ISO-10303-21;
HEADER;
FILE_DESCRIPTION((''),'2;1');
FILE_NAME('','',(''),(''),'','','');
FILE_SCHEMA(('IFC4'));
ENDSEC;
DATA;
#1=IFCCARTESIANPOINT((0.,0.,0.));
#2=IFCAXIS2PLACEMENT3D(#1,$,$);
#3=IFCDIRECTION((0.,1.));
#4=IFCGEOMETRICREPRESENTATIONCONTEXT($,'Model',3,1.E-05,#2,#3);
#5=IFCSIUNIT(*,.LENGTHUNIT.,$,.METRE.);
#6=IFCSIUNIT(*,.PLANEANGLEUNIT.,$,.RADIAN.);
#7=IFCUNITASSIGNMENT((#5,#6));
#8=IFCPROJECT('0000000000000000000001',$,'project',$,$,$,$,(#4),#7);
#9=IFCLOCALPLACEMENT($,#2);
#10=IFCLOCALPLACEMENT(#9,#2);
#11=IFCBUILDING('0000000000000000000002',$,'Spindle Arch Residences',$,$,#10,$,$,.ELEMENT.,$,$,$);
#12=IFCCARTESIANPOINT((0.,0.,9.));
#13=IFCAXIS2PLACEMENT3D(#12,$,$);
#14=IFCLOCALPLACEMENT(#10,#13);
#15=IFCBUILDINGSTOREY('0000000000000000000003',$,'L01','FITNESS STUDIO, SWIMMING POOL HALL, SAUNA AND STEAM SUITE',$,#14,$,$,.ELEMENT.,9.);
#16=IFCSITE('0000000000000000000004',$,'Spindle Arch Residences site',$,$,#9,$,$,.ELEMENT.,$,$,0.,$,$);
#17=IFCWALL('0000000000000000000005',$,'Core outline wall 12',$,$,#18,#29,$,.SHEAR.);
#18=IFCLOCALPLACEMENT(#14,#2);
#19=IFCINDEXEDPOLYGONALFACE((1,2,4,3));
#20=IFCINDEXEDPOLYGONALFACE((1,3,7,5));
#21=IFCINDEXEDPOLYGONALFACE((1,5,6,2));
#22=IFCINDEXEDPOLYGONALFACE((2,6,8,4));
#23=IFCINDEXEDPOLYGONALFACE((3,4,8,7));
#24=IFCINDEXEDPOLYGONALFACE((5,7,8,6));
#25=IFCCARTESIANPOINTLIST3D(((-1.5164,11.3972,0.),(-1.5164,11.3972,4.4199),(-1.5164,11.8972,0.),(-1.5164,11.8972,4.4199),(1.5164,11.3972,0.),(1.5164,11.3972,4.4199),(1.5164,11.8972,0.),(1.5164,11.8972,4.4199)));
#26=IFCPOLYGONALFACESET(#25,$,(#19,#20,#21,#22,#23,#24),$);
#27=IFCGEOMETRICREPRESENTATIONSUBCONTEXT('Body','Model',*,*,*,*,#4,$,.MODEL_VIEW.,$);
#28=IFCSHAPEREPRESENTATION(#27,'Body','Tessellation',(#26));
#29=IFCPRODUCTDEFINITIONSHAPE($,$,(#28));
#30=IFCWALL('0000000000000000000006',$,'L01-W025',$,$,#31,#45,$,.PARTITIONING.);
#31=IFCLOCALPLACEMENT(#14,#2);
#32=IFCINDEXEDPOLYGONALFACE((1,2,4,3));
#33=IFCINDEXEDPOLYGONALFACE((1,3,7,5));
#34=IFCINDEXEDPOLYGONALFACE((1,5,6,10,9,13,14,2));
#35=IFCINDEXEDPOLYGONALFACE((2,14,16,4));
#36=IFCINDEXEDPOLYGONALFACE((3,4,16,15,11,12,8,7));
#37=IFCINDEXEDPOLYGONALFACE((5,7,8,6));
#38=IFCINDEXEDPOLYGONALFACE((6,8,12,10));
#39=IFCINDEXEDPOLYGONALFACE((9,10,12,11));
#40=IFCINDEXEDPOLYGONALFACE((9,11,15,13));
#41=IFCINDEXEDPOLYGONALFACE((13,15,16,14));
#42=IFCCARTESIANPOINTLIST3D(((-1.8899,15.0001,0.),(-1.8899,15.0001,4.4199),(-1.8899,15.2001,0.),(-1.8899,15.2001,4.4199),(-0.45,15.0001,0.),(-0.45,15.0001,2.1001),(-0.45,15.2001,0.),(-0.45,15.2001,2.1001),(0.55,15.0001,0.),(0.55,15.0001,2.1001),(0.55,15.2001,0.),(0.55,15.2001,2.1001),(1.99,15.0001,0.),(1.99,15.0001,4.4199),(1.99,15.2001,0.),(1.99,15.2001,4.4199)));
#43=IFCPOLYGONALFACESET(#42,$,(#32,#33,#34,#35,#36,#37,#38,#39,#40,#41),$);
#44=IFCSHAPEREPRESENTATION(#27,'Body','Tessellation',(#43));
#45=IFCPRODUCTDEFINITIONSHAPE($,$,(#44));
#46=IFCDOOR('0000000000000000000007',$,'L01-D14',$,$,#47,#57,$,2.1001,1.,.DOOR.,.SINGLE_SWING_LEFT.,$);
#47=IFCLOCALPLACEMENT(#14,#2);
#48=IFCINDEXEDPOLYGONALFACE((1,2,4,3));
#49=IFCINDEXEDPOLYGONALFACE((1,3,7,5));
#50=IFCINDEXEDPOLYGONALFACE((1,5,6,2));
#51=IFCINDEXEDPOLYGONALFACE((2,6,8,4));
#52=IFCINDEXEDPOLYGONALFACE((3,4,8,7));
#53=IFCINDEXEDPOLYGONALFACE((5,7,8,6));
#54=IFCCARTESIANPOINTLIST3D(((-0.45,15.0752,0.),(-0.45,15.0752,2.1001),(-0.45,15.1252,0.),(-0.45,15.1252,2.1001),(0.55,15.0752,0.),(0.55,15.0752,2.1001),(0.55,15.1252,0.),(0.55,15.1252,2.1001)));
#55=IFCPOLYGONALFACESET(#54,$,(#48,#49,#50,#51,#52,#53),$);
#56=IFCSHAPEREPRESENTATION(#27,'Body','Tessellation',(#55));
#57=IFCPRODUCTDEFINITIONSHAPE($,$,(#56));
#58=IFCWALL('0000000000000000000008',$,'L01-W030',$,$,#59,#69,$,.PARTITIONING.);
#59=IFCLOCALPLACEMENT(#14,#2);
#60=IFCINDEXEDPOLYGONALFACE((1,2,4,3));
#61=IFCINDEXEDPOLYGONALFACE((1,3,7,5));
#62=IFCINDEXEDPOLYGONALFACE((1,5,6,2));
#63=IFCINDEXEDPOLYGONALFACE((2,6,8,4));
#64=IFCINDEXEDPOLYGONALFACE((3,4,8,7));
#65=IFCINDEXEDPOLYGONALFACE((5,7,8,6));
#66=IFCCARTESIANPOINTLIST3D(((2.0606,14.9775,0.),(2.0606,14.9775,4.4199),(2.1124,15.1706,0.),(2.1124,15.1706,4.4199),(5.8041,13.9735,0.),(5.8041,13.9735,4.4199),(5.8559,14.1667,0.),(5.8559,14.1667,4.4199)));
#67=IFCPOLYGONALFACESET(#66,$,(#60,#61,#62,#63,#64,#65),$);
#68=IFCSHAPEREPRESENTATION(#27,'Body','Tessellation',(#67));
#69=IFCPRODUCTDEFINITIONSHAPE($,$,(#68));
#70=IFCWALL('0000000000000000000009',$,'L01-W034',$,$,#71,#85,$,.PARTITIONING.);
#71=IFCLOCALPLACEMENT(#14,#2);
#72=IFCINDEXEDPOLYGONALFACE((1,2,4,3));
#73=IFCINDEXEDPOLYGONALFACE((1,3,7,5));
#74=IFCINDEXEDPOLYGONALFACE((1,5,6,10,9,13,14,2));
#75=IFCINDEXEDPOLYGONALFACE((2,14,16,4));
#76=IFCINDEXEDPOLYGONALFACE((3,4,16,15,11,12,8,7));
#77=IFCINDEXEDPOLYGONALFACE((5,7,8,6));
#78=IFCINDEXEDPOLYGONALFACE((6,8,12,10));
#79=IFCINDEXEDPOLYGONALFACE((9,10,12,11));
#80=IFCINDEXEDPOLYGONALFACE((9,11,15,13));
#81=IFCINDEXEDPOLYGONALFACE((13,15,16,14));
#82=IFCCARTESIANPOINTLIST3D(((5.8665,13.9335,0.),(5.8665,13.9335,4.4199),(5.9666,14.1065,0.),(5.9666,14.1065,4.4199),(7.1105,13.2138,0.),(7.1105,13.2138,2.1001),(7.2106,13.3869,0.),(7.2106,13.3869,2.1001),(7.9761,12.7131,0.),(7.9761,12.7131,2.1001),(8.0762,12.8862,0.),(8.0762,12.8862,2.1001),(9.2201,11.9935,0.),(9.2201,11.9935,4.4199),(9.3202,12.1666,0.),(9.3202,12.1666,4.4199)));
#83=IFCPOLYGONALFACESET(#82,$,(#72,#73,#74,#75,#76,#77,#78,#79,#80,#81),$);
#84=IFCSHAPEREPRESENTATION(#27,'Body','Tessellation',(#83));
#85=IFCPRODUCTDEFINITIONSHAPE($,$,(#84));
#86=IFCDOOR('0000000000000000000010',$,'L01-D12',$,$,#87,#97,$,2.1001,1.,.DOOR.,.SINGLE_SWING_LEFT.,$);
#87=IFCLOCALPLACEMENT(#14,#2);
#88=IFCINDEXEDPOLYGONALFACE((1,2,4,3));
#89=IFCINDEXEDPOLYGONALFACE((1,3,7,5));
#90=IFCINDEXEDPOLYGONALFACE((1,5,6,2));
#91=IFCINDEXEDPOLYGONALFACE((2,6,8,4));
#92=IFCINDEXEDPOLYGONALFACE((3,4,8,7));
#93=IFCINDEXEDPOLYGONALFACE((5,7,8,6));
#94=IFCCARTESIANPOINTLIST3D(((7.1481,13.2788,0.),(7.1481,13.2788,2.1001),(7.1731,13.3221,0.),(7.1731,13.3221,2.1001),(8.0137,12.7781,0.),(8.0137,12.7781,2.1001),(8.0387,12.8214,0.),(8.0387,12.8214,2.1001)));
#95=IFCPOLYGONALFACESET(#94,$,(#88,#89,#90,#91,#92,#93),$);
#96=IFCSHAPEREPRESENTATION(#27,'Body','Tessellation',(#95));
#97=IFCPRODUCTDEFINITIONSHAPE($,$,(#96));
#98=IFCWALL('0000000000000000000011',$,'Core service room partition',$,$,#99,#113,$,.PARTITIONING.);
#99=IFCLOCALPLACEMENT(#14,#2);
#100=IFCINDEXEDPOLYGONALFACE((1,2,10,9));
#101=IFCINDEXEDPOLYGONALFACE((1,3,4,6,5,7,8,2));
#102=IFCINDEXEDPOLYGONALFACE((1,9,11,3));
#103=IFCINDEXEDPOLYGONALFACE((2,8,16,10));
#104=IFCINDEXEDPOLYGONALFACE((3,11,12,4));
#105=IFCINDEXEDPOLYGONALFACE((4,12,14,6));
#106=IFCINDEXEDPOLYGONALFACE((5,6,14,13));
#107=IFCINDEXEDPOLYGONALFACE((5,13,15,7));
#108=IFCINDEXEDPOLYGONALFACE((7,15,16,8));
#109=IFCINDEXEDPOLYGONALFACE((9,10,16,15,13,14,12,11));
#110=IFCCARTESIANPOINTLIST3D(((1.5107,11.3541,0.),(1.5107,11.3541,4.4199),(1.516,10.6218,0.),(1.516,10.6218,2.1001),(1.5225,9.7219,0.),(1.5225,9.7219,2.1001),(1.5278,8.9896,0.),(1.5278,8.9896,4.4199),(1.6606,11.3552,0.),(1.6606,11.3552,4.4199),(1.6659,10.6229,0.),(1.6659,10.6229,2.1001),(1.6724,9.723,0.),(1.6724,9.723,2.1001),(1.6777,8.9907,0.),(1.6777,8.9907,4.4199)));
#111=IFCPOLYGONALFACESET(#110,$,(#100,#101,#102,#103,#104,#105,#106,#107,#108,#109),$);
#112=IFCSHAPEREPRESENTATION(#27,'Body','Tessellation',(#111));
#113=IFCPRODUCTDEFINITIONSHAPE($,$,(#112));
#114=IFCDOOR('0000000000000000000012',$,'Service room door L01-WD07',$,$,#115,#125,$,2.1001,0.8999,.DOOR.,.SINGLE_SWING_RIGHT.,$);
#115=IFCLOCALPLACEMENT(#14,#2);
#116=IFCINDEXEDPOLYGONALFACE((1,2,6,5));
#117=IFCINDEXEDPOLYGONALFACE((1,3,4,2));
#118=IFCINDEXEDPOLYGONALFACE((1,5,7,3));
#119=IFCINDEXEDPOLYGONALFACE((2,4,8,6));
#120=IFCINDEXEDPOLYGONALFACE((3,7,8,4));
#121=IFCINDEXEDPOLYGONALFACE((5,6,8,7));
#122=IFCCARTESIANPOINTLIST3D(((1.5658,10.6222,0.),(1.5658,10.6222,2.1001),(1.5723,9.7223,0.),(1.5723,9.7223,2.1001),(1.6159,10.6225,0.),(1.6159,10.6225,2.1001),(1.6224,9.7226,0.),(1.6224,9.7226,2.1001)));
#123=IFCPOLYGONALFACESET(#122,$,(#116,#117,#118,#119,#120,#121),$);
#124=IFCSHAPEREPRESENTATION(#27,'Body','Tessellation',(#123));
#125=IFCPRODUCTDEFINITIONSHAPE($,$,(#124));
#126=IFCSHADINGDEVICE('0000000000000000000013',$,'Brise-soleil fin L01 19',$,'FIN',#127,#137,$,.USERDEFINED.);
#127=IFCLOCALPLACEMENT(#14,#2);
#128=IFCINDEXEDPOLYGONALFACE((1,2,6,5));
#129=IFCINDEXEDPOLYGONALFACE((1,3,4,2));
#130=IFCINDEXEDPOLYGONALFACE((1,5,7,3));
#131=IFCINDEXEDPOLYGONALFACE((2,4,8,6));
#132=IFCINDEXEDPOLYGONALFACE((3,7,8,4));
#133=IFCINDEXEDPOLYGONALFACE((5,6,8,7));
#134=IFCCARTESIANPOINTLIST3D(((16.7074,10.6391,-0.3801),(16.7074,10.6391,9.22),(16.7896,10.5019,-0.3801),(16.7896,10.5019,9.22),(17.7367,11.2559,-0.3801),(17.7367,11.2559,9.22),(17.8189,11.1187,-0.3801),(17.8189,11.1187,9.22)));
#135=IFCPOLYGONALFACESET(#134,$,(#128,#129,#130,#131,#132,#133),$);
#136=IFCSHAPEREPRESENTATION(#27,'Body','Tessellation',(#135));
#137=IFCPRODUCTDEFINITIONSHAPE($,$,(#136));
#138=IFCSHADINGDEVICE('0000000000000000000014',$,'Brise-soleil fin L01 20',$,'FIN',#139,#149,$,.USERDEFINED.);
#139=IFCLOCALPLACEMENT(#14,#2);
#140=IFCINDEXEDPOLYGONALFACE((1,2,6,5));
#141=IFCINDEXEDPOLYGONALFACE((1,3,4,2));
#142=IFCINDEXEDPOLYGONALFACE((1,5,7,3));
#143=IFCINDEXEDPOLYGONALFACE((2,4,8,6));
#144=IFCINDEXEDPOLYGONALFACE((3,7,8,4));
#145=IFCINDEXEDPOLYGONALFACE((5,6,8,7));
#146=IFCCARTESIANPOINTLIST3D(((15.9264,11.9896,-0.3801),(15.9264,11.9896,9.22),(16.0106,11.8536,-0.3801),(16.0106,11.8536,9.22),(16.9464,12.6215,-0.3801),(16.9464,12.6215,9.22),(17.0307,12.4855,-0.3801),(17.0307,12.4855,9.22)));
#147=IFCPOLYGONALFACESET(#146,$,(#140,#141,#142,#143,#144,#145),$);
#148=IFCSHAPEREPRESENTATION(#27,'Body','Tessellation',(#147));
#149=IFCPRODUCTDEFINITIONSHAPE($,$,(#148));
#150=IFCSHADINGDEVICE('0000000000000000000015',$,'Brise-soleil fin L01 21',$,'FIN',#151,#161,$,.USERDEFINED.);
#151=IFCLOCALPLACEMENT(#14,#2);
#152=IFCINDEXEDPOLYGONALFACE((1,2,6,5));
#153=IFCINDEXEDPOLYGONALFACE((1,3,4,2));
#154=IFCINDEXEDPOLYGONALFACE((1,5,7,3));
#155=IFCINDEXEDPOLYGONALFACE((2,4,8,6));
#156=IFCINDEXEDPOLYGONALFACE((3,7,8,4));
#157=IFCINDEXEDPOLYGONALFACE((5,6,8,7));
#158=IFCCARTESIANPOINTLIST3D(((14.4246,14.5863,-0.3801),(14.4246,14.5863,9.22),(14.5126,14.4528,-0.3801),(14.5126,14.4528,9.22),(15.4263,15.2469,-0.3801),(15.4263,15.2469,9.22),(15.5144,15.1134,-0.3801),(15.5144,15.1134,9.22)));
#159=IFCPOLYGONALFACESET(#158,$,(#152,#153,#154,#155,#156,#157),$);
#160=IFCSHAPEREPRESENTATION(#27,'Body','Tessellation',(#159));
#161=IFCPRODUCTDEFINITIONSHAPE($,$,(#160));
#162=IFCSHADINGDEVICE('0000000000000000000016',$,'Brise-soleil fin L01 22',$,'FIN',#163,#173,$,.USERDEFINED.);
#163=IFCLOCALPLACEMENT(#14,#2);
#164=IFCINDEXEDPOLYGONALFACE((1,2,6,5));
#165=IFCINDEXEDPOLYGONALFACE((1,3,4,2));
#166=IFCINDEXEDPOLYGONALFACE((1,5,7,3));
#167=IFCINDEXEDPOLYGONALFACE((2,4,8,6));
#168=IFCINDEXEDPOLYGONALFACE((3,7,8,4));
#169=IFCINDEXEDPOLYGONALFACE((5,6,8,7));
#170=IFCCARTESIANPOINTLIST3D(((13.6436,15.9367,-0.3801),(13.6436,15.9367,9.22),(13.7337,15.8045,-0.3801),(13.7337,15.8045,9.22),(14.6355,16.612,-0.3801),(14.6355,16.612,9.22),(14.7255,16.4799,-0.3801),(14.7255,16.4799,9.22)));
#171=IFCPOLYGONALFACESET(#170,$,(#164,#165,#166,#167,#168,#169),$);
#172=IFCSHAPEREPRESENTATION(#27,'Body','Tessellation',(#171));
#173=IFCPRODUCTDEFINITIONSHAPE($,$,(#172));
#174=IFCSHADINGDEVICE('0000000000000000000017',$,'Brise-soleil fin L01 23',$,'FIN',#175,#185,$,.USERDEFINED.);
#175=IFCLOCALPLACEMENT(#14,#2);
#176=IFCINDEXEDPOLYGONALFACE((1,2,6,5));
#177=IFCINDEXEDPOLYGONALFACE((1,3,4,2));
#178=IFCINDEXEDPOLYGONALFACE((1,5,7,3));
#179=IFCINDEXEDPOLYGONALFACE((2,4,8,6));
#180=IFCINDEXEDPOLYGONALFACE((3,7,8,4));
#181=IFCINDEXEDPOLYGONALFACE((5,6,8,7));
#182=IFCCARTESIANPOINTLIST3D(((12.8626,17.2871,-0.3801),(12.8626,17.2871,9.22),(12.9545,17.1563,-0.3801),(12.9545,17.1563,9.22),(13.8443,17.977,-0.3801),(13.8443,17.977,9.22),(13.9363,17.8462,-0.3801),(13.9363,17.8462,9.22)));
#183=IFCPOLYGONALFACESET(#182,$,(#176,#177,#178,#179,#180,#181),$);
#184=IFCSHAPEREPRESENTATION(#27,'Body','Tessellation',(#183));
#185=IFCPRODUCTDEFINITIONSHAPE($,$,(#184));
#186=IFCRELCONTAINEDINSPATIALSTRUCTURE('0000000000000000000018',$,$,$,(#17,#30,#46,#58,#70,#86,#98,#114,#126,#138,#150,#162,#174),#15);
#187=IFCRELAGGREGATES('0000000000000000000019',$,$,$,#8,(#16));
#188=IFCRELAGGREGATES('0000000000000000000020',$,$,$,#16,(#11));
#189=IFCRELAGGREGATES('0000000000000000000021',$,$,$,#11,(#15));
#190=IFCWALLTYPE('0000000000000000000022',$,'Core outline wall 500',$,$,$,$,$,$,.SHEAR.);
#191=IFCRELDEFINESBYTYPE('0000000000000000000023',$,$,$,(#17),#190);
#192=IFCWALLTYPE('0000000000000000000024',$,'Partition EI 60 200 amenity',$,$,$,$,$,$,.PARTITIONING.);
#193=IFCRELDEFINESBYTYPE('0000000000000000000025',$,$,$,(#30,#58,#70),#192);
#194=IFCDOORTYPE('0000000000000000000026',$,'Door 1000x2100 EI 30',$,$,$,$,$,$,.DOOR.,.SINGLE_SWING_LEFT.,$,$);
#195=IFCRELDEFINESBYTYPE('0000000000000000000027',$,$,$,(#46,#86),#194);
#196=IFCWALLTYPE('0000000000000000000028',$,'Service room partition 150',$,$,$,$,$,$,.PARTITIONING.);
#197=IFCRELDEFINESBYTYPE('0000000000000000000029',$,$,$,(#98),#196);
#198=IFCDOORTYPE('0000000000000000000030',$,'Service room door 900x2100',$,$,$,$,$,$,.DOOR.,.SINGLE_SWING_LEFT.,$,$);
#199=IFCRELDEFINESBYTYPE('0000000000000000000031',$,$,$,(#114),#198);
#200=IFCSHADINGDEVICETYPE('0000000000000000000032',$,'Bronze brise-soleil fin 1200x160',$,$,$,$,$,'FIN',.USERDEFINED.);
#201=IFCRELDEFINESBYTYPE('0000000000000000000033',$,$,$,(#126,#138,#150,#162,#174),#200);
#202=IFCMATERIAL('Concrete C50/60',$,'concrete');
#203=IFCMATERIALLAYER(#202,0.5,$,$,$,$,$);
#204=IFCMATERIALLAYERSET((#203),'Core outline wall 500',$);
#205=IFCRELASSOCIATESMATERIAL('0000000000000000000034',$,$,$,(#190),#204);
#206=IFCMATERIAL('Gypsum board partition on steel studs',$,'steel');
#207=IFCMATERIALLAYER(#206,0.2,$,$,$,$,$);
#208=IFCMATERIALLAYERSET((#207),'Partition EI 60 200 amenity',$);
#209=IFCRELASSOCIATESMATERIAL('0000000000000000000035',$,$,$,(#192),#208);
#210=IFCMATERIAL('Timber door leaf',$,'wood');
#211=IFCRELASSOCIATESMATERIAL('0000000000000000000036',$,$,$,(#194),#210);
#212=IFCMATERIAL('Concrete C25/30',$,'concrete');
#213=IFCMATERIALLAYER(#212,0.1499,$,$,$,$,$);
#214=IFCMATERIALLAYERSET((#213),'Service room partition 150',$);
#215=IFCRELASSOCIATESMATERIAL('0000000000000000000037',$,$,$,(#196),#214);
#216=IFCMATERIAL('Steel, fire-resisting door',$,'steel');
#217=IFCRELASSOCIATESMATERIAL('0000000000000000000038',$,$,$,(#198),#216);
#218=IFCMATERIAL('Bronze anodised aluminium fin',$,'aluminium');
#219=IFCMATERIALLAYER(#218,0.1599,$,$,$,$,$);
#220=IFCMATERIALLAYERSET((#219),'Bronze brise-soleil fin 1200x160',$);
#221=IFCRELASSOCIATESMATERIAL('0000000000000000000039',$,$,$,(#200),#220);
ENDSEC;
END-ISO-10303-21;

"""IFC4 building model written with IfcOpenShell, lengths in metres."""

from ifc_helpers import new_model, si_unit, direction, frame, frame_2d, origin, origin_2d, place, context, subcontext, project, spatial, rectangle, extrude, material, layer, layer_set, type_object, element, fill, save


model = new_model("IFC4")

# Units and contexts
model_context = context("Model", 3, precision=1e-05, world=origin(), true_north=direction((0.0, 1.0)))
body_context = subcontext(model_context, "Body", "Model", "MODEL_VIEW")
ifc_project = project(units=[si_unit("LENGTHUNIT", "METRE"), si_unit("PLANEANGLEUNIT", "RADIAN")], contexts=[model_context])

# Site, building, storey
site_placement = place(None, origin())
site = spatial("IfcSite", under=ifc_project, at=site_placement, Name="Spindle Arch Residences site", CompositionType="ELEMENT", RefElevation=0.0)
building_placement = place(site_placement, origin())
building = spatial("IfcBuilding", under=site, at=building_placement, Name="Spindle Arch Residences", CompositionType="ELEMENT")
storey_placement = place(building_placement, frame((0.0, 0.0, 9.0)))
storey = spatial("IfcBuildingStorey", under=building, at=storey_placement, Name="L01", Description="FITNESS STUDIO, SWIMMING POOL HALL, SAUNA AND STEAM SUITE", CompositionType="ELEMENT", Elevation=9.0)

# Wall
ifc_material_1 = material(Name="Concrete C50/60", Category="concrete")
ifc_layer_1 = layer(ifc_material_1, 0.5)
ifc_layer_set_1 = layer_set([ifc_layer_1], Name="Core outline wall 500")
wall_type_1 = type_object("IfcWallType", Name="Core outline wall 500", PredefinedType="SHEAR", material=ifc_layer_set_1)
wall_1_placement = place(storey_placement, frame((1.5164, 11.6472, 0.0), z_axis=(0.0, 0.0, 1.0), x_axis=(-1.0, 0.0, 0.0)))
element("IfcWall", 1, at=wall_1_placement, inside=storey, type_object=wall_type_1, Name="Core outline wall 12", PredefinedType="SHEAR", context=body_context, shape_type="SweptSolid", body=[
    extrude(rectangle(XDim=3.0327, YDim=0.5, at=frame_2d((1.5164, 0.0))), origin(), (0.0, 0.0, 1.0), 4.4199),
])

# Wall, opening, door
ifc_material_2 = material(Name="Gypsum board partition on steel studs", Category="steel")
ifc_layer_2 = layer(ifc_material_2, 0.2)
ifc_layer_set_2 = layer_set([ifc_layer_2], Name="Partition EI 60 200 amenity")
wall_type_2 = type_object("IfcWallType", Name="Partition EI 60 200 amenity", PredefinedType="PARTITIONING", material=ifc_layer_set_2)
wall_2_placement = place(storey_placement, frame((1.99, 15.1001, 0.0), z_axis=(0.0, 0.0, 1.0), x_axis=(-1.0, 0.0, 0.0)))
wall_2 = element("IfcWall", 2, at=wall_2_placement, inside=storey, type_object=wall_type_2, Name="L01-W025", PredefinedType="PARTITIONING", context=body_context, shape_type="SweptSolid", body=[
    extrude(rectangle(XDim=3.8799, YDim=0.2, at=frame_2d((1.9399, 0.0))), origin(), (0.0, 0.0, 1.0), 4.4199),
])
opening_1_placement = place(wall_2_placement, frame((1.4399, 0.0, 0.0)))
opening_1 = element("IfcOpeningElement", 3, at=opening_1_placement, cuts=wall_2, PredefinedType="OPENING", context=body_context, shape_type="SweptSolid", body=[
    extrude(rectangle(XDim=1.0, YDim=2.1001, at=frame_2d((0.5, 1.05))), frame((0.0, 0.1099, 0.0), z_axis=(0.0, -1.0, 0.0), x_axis=(1.0, 0.0, 0.0)), (0.0, 0.0, 1.0), 0.22),
])
ifc_material_3 = material(Name="Timber door leaf", Category="wood")
door_type_1 = type_object("IfcDoorType", Name="Door 1000x2100 EI 30", OperationType="SINGLE_SWING_LEFT", PredefinedType="DOOR", material=ifc_material_3)
door_1_placement = place(opening_1_placement, origin())
door_1 = element("IfcDoor", 4, at=door_1_placement, inside=storey, type_object=door_type_1, Name="L01-D14", OperationType="SINGLE_SWING_LEFT", OverallHeight=2.1001, OverallWidth=1.0, PredefinedType="DOOR", context=body_context, shape_type="SweptSolid", body=[
    extrude(rectangle(XDim=1.0, YDim=2.1001, at=frame_2d((0.5, 1.05))), frame((0.0, 0.0249, 0.0), z_axis=(0.0, -1.0, 0.0), x_axis=(1.0, 0.0, 0.0)), (0.0, 0.0, 1.0), 0.05),
])
fill(opening_1, door_1)

# Wall
wall_3_placement = place(storey_placement, frame((5.8301, 14.0701, 0.0), z_axis=(0.0, 0.0, 1.0), x_axis=(-0.96587, 0.259027, 0.0)))
element("IfcWall", 5, at=wall_3_placement, inside=storey, type_object=wall_type_2, Name="L01-W030", PredefinedType="PARTITIONING", context=body_context, shape_type="SweptSolid", body=[
    extrude(rectangle(XDim=3.8757, YDim=0.2, at=frame_2d((1.938, 0.0))), origin(), (0.0, 0.0, 1.0), 4.4199),
])

# Walls, openings, doors
wall_4_placement = place(storey_placement, frame((9.27, 12.0801, 0.0), z_axis=(0.0, 0.0, 1.0), x_axis=(-0.865602, 0.500733, 0.0)))
wall_4 = element("IfcWall", 6, at=wall_4_placement, inside=storey, type_object=wall_type_2, Name="L01-W034", PredefinedType="PARTITIONING", context=body_context, shape_type="SweptSolid", body=[
    extrude(rectangle(XDim=3.8743, YDim=0.2, at=frame_2d((1.937, 0.0))), origin(), (0.0, 0.0, 1.0), 4.4199),
])
opening_2_placement = place(wall_4_placement, frame((1.437, 0.0, 0.0)))
opening_2 = element("IfcOpeningElement", 7, at=opening_2_placement, cuts=wall_4, PredefinedType="OPENING", context=body_context, shape_type="SweptSolid", body=[
    extrude(rectangle(XDim=1.0, YDim=2.1001, at=frame_2d((0.5, 1.05))), frame((0.0, 0.1099, 0.0), z_axis=(0.0, -1.0, 0.0), x_axis=(1.0, 0.0, 0.0)), (0.0, 0.0, 1.0), 0.22),
])
door_2_placement = place(opening_2_placement, origin())
door_2 = element("IfcDoor", 8, at=door_2_placement, inside=storey, type_object=door_type_1, Name="L01-D12", OperationType="SINGLE_SWING_LEFT", OverallHeight=2.1001, OverallWidth=1.0, PredefinedType="DOOR", context=body_context, shape_type="SweptSolid", body=[
    extrude(rectangle(XDim=1.0, YDim=2.1001, at=frame_2d((0.5, 1.05))), frame((0.0, 0.0249, 0.0), z_axis=(0.0, -1.0, 0.0), x_axis=(1.0, 0.0, 0.0)), (0.0, 0.0, 1.0), 0.05),
])
fill(opening_2, door_2)
ifc_material_4 = material(Name="Concrete C25/30", Category="concrete")
ifc_layer_3 = layer(ifc_material_4, 0.1499)
ifc_layer_set_3 = layer_set([ifc_layer_3], Name="Service room partition 150")
wall_type_3 = type_object("IfcWallType", Name="Service room partition 150", PredefinedType="PARTITIONING", material=ifc_layer_set_3)
wall_5_placement = place(storey_placement, frame((1.5857, 11.3545, 0.0), z_axis=(0.0, 0.0, 1.0), x_axis=(0.007227, -0.999974, 0.0)))
wall_5 = element("IfcWall", 9, at=wall_5_placement, inside=storey, type_object=wall_type_3, Name="Core service room partition", PredefinedType="PARTITIONING", context=body_context, shape_type="SweptSolid", body=[
    extrude(rectangle(XDim=2.3645, YDim=0.1499, at=frame_2d((1.1821, 0.0))), origin(), (0.0, 0.0, 1.0), 4.4199),
])
opening_3_placement = place(wall_5_placement, frame((0.7322, 0.0, 0.0)))
opening_3 = element("IfcOpeningElement", 10, at=opening_3_placement, cuts=wall_5, PredefinedType="OPENING", context=body_context, shape_type="SweptSolid", body=[
    extrude(rectangle(XDim=0.8999, YDim=2.1001, at=frame_2d((0.45, 1.05))), frame((0.0, 0.085, 0.0), z_axis=(0.0, -1.0, 0.0), x_axis=(1.0, 0.0, 0.0)), (0.0, 0.0, 1.0), 0.1699),
])
ifc_material_5 = material(Name="Steel, fire-resisting door", Category="steel")
door_type_2 = type_object("IfcDoorType", Name="Service room door 900x2100", OperationType="SINGLE_SWING_LEFT", PredefinedType="DOOR", material=ifc_material_5)
door_3_placement = place(opening_3_placement, origin())
door_3 = element("IfcDoor", 11, at=door_3_placement, inside=storey, type_object=door_type_2, Name="Service room door L01-WD07", OperationType="SINGLE_SWING_RIGHT", OverallHeight=2.1001, OverallWidth=0.8999, PredefinedType="DOOR", context=body_context, shape_type="SweptSolid", body=[
    extrude(rectangle(XDim=0.8999, YDim=2.1001, at=frame_2d((0.45, 1.05))), frame((0.0, 0.0249, 0.0), z_axis=(0.0, -1.0, 0.0), x_axis=(1.0, 0.0, 0.0)), (0.0, 0.0, 1.0), 0.05),
])
fill(opening_3, door_3)

# Shading devices
ifc_material_6 = material(Name="Bronze anodised aluminium fin", Category="aluminium")
ifc_layer_4 = layer(ifc_material_6, 0.1599)
ifc_layer_set_4 = layer_set([ifc_layer_4], Name="Bronze brise-soleil fin 1200x160")
shading_device_type = type_object("IfcShadingDeviceType", Name="Bronze brise-soleil fin 1200x160", ElementType="FIN", PredefinedType="USERDEFINED", material=ifc_layer_set_4)
for number, where, z_axis, x_axis, name in (
    (12, (17.2632, 10.8789, -0.3801), (0.0, 0.0, 1.0), (0.857777, 0.514021, 0.0), "Brise-soleil fin L01 19"),
    (13, (16.4785, 12.2375, -0.3801), (0.0, 0.0, 1.0), (0.850091, 0.526635, 0.0), "Brise-soleil fin L01 20"),
    (14, (14.9695, 14.8499, -0.3801), (0.0, 0.0, 1.0), (0.834791, 0.550567, 0.0), "Brise-soleil fin L01 21"),
    (15, (14.1846, 16.2083, -0.3801), (0.0, 0.0, 1.0), (0.826568, 0.562837, 0.0), "Brise-soleil fin L01 22"),
    (16, (13.3994, 17.5667, -0.3801), (0.0, 0.0, 1.0), (0.818164, 0.574985, 0.0), "Brise-soleil fin L01 23"),
):
    element("IfcShadingDevice", number, at=place(storey_placement, frame(where, z_axis=z_axis, x_axis=x_axis)), inside=storey, type_object=shading_device_type, Name=name, ObjectType="FIN", PredefinedType="USERDEFINED", context=body_context, shape_type="SweptSolid", body=[
        extrude(rectangle(XDim=1.2, YDim=0.1599, at=origin_2d()), origin(), (0.0, 0.0, 1.0), 9.6001),
    ])

save(model, "model.ifc")
